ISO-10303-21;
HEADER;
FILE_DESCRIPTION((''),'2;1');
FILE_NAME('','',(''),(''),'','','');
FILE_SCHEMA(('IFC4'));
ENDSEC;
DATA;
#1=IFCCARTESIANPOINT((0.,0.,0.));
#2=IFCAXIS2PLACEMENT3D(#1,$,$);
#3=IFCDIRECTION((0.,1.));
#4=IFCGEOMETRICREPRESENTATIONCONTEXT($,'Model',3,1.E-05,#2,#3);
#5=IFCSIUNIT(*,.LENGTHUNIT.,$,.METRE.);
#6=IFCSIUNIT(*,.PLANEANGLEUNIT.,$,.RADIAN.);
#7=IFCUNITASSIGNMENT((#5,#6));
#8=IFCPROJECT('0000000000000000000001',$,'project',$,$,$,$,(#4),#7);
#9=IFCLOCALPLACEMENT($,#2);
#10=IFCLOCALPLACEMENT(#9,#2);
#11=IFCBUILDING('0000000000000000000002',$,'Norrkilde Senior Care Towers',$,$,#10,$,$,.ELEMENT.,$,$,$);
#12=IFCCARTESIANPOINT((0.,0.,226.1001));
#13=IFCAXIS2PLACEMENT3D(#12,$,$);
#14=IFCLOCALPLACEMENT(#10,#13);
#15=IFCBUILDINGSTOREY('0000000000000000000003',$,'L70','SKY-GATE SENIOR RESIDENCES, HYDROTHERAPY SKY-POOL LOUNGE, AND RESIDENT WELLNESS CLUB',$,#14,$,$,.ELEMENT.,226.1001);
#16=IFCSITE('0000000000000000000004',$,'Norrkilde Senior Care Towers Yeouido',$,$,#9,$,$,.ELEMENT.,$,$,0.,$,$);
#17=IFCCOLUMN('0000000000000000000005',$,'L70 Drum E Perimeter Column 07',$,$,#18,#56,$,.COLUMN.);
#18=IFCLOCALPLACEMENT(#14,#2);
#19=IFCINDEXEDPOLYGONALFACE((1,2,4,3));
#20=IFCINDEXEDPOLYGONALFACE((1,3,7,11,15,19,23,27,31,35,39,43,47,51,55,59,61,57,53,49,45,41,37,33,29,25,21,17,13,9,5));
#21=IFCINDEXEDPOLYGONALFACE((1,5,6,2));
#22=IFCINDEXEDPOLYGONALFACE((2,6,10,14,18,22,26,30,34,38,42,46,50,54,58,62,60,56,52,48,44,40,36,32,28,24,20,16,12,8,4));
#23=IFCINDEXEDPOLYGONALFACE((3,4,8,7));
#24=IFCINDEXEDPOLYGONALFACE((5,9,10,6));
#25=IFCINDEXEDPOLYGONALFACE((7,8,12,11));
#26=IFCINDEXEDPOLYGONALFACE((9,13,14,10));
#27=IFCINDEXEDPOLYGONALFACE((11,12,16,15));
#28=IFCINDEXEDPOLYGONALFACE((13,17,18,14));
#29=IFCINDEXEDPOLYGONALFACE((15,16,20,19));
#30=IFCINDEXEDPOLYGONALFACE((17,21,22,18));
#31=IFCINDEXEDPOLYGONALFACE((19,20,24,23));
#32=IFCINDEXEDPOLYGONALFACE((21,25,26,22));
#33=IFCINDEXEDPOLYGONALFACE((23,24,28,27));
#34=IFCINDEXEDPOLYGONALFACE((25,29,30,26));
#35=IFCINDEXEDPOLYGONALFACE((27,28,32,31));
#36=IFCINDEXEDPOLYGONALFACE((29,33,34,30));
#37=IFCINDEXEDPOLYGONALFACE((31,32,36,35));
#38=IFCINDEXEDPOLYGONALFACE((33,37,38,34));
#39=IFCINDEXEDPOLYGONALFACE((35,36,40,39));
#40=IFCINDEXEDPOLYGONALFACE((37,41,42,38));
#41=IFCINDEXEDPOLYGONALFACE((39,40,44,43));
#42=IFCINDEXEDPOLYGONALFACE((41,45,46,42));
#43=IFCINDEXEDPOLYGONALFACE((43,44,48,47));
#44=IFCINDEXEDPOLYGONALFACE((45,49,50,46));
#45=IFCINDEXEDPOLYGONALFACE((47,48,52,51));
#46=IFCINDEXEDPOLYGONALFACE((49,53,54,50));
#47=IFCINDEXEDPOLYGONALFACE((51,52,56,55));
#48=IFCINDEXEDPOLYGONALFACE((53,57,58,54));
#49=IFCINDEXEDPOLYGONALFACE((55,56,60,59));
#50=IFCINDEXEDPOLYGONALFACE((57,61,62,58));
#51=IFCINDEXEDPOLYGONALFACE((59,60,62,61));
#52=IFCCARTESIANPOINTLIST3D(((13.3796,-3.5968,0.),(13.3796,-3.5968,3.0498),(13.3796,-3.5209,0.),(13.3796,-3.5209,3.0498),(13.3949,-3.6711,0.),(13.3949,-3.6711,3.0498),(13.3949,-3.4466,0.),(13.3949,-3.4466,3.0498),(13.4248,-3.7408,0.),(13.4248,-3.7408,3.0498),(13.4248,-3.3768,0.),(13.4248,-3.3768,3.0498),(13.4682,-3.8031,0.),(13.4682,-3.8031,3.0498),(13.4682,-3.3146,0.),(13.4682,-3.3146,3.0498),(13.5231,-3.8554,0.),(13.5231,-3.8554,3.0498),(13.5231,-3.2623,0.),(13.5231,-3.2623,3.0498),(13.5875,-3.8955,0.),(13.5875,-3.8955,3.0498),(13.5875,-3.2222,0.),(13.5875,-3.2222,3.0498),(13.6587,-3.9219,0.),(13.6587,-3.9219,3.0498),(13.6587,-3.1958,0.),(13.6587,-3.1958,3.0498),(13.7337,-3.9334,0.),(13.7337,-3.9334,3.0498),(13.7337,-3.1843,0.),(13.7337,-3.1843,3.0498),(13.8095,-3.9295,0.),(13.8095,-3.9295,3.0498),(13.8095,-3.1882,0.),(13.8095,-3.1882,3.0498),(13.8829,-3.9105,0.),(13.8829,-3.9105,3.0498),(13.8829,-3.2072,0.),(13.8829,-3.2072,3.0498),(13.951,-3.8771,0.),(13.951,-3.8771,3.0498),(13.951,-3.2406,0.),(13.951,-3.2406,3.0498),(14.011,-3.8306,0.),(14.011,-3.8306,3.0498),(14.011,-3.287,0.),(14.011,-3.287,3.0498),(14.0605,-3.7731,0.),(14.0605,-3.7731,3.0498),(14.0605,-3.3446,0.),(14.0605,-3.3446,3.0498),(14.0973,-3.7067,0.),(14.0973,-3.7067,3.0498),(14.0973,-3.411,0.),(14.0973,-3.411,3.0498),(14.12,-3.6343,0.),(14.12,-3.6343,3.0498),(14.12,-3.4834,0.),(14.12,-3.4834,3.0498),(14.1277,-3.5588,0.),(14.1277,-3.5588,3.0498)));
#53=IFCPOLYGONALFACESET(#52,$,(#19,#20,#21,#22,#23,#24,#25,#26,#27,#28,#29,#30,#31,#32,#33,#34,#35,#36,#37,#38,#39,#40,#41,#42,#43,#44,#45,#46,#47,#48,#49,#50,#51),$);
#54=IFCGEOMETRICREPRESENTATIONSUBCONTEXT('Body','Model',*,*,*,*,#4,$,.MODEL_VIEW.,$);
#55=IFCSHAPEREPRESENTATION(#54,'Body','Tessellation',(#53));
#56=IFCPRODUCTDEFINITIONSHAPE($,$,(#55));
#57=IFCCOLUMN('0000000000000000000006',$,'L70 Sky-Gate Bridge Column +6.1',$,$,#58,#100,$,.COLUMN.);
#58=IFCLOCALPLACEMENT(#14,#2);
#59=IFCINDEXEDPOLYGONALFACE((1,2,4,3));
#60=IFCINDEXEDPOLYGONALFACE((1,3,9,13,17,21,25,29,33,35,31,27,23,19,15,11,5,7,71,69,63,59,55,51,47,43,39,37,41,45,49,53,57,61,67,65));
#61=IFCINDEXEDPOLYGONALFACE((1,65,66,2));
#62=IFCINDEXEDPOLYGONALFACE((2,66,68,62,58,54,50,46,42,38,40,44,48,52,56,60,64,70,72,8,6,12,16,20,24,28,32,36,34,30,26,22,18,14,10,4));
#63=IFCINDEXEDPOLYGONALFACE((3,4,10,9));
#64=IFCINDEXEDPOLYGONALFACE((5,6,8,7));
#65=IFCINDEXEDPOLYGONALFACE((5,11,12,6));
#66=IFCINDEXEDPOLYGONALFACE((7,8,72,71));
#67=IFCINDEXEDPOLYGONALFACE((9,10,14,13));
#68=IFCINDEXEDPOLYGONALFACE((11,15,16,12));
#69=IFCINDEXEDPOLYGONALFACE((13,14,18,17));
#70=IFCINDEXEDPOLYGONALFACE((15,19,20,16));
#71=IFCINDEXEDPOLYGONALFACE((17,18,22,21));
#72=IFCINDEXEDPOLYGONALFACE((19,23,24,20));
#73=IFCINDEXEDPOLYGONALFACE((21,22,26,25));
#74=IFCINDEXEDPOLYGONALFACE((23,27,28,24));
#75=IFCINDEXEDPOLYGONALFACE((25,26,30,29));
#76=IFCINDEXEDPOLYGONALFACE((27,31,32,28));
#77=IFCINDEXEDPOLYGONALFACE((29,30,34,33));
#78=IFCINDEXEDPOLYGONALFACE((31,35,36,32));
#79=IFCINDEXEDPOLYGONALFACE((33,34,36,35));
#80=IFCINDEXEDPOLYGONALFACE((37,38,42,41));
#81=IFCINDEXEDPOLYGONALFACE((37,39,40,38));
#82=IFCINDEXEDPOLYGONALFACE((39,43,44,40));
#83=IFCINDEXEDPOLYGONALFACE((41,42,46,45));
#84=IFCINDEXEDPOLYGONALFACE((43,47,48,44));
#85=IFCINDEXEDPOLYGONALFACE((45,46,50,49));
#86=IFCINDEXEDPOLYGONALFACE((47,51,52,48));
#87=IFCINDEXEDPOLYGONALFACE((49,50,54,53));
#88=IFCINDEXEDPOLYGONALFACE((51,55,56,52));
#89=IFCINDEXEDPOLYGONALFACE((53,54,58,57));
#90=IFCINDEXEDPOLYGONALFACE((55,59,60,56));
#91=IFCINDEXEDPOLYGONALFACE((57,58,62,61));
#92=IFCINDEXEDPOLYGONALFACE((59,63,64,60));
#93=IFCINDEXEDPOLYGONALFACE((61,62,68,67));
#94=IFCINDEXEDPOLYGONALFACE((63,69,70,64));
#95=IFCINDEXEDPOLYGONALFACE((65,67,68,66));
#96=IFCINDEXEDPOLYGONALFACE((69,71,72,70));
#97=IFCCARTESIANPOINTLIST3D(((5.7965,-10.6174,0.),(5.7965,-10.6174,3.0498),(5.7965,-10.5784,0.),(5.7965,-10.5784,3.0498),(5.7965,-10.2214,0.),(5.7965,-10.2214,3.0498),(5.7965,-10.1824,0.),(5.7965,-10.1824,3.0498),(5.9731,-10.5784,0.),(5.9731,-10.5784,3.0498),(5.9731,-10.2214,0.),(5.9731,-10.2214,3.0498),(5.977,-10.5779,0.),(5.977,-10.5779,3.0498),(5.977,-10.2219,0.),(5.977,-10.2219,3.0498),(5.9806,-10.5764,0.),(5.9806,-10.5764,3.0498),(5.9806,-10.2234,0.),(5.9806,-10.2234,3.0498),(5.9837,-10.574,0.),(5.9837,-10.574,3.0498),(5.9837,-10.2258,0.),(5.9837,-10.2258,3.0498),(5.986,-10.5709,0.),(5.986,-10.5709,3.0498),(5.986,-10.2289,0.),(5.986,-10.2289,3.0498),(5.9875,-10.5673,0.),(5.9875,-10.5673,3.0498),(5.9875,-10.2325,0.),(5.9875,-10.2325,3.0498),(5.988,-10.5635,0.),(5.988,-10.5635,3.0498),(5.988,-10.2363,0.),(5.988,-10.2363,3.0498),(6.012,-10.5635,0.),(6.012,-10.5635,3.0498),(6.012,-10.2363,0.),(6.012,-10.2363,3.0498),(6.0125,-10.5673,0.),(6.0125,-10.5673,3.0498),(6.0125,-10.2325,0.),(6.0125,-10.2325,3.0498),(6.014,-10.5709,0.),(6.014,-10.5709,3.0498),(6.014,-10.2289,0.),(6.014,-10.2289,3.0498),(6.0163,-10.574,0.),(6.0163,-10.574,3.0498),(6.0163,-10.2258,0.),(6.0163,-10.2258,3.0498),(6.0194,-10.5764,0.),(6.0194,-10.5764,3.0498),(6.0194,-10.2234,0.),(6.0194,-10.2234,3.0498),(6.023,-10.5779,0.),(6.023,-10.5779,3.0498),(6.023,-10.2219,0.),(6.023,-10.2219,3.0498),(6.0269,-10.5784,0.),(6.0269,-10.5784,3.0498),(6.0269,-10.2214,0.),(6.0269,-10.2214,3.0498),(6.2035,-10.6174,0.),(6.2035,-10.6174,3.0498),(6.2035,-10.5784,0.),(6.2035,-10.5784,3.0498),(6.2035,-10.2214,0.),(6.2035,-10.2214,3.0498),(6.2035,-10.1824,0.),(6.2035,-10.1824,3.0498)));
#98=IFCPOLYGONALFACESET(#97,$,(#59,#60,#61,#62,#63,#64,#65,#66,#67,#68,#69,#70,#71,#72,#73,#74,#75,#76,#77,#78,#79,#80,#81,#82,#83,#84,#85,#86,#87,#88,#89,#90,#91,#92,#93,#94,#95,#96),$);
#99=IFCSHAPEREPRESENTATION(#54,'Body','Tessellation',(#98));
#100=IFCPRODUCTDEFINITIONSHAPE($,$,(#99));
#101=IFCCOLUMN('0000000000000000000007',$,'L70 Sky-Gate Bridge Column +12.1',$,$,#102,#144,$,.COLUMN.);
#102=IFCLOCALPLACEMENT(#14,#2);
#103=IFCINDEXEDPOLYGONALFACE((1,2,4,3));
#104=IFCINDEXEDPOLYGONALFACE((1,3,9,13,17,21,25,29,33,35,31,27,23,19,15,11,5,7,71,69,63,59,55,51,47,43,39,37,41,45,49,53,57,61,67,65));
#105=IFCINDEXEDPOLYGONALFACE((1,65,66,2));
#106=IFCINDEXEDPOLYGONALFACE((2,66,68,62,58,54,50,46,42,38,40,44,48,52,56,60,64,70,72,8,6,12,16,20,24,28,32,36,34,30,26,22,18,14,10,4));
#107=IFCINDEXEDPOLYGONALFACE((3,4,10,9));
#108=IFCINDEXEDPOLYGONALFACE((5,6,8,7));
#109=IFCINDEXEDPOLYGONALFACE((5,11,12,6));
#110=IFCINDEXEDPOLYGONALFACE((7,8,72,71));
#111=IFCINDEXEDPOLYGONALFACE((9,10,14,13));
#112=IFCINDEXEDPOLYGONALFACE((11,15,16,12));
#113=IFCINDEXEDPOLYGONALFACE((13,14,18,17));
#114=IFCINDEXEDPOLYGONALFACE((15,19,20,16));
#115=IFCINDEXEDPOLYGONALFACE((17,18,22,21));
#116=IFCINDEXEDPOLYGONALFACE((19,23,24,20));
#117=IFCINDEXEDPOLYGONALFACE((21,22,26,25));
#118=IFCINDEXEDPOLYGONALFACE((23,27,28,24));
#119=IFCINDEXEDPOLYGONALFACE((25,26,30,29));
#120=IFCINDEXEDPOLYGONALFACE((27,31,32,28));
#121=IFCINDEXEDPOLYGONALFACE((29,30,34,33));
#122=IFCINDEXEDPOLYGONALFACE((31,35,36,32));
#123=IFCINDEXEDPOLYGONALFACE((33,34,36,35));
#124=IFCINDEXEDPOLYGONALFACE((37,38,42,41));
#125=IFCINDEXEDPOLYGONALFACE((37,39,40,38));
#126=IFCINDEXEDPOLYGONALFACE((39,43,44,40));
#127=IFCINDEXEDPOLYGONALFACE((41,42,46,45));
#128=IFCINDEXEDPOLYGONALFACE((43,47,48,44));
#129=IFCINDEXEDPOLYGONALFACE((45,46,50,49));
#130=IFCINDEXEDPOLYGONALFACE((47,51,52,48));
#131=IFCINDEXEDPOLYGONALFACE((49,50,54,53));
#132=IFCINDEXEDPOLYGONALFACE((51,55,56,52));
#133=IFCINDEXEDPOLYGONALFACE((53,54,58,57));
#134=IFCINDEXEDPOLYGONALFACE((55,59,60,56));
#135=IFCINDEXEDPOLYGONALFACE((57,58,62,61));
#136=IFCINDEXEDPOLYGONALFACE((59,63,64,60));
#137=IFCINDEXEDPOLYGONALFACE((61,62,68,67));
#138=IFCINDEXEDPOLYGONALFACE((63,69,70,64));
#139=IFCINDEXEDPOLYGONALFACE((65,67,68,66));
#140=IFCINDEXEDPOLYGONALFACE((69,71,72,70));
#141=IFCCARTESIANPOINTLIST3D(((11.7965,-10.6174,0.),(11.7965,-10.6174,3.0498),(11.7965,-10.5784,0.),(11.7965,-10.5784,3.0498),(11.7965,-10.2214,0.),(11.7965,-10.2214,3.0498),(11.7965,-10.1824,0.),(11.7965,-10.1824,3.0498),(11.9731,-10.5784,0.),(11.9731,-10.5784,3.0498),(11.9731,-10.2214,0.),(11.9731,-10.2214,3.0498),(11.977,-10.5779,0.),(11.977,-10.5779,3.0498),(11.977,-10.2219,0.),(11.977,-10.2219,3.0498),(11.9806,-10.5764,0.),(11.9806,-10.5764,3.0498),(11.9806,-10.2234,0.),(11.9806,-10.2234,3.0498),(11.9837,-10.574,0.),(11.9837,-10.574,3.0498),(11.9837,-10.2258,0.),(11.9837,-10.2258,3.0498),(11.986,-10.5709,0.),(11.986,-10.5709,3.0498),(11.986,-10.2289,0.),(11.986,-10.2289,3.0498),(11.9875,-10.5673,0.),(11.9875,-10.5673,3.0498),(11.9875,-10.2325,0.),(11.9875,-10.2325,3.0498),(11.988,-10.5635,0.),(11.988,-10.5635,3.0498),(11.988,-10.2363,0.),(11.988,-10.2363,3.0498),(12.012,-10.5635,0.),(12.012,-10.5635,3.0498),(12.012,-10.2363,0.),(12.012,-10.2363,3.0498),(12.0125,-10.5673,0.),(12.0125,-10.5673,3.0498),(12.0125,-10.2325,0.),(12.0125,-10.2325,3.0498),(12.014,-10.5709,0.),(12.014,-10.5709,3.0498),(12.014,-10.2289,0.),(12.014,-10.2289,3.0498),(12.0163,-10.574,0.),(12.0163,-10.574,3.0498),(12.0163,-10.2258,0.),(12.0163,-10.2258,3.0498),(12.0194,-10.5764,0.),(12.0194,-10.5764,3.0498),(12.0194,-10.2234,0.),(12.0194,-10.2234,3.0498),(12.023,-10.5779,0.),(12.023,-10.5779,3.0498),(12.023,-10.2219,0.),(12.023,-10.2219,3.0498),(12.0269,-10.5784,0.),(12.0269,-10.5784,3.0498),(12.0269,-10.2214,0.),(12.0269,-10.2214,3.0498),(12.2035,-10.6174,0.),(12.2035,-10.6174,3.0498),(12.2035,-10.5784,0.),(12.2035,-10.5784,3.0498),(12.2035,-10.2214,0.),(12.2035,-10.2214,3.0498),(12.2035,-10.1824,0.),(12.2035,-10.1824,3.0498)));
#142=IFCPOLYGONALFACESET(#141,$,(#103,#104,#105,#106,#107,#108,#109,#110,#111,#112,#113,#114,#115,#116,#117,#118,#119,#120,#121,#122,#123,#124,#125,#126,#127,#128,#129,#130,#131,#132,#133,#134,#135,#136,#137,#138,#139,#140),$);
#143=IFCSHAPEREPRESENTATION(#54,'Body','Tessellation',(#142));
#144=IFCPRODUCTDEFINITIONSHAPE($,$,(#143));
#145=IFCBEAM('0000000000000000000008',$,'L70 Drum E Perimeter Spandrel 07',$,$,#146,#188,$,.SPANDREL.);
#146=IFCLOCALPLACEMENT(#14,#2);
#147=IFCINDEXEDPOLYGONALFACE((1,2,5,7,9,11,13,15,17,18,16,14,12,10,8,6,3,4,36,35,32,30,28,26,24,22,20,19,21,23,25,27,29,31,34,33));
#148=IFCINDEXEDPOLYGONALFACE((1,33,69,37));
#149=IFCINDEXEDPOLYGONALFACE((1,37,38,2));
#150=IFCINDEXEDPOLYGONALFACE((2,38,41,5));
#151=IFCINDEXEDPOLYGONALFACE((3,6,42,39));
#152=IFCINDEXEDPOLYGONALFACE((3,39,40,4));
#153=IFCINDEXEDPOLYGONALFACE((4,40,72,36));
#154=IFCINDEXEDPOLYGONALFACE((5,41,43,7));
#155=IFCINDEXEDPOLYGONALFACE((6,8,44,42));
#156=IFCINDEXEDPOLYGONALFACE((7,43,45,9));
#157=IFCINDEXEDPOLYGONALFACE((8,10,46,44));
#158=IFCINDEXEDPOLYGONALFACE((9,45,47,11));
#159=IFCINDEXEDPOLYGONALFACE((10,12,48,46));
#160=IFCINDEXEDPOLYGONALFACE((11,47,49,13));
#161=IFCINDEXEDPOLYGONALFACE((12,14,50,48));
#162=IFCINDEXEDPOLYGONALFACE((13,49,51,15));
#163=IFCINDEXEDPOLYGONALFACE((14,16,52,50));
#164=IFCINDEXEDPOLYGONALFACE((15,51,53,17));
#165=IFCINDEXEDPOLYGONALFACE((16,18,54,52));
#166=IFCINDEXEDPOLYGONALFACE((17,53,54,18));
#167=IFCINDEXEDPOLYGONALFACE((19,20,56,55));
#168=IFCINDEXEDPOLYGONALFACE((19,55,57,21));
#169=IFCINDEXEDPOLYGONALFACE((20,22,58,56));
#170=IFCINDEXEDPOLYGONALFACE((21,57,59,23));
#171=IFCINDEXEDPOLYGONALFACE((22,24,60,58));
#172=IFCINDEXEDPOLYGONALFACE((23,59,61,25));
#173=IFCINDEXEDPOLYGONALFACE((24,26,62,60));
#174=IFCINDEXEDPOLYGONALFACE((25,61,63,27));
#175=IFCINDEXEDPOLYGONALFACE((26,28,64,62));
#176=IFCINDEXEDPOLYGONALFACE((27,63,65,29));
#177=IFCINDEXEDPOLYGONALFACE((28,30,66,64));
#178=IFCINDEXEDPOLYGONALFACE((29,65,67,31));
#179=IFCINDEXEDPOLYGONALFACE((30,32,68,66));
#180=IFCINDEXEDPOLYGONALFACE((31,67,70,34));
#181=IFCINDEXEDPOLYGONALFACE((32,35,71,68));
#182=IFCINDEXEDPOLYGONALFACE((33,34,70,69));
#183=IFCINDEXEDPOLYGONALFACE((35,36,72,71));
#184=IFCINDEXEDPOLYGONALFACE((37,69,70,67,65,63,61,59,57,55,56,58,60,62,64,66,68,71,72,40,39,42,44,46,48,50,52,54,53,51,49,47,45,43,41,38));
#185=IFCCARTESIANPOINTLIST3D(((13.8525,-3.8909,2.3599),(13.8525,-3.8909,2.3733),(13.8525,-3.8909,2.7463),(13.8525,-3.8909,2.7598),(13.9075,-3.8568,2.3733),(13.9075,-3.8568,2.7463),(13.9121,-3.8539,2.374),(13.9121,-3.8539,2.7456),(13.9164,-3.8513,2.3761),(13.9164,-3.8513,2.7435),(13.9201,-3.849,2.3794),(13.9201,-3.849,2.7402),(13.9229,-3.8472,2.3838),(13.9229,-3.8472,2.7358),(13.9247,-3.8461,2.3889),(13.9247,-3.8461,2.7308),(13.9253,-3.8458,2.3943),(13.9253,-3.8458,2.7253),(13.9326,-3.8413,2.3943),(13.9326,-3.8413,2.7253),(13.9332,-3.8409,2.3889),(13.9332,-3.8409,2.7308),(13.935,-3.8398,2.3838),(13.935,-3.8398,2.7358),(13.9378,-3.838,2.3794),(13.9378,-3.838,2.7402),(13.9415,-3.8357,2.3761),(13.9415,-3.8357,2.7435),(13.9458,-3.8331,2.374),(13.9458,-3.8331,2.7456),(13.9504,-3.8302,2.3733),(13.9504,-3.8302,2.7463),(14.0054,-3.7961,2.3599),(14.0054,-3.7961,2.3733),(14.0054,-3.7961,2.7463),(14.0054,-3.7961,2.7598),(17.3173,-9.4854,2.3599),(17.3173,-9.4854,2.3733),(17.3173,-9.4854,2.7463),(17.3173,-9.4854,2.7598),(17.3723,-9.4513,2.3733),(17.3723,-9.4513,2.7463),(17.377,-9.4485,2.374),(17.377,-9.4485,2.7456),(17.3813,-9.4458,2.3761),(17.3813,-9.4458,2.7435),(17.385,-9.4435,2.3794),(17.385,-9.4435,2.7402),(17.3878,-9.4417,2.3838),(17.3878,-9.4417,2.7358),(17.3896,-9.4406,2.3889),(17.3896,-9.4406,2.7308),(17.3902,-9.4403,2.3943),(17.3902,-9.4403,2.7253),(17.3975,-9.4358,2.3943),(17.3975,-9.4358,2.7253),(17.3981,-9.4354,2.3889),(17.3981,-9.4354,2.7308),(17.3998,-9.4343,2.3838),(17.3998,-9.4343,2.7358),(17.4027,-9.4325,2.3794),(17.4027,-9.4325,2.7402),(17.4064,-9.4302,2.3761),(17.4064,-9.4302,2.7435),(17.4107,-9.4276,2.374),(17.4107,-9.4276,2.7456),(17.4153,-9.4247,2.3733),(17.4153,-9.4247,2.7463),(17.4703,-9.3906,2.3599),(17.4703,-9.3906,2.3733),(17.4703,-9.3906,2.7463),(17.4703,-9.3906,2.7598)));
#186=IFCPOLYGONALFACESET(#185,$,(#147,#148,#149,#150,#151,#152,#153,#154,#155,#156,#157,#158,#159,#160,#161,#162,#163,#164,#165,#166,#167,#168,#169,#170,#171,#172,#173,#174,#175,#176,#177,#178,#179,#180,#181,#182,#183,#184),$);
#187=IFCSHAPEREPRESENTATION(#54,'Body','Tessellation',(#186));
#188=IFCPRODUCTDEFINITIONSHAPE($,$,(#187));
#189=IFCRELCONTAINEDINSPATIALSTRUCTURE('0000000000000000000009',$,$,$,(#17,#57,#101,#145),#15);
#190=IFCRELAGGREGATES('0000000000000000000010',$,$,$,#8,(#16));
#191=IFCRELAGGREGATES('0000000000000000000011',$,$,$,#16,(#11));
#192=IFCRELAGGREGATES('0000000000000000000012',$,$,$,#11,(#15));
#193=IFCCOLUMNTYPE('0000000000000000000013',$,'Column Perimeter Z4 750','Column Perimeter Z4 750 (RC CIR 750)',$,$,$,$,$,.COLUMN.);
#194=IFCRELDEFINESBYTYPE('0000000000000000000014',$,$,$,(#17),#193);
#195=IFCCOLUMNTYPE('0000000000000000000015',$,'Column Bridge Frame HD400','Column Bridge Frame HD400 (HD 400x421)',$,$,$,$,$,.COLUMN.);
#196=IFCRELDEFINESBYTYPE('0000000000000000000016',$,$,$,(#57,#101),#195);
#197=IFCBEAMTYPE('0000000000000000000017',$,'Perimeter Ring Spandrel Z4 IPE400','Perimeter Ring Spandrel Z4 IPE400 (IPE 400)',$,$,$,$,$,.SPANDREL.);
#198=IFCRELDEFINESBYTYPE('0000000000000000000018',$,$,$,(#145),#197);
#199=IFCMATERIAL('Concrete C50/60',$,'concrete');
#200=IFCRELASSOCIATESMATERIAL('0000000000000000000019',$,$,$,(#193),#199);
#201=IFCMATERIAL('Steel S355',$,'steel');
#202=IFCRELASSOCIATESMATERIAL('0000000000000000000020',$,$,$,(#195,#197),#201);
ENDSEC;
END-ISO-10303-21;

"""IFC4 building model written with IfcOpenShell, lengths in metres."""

from ifc_helpers import new_model, si_unit, direction, frame, origin, origin_2d, place, context, subcontext, project, spatial, circle, i_section, extrude, source, transform, mapped, material, material_profile, profile_set, type_object, type_shapes, element, save


model = new_model("IFC4")

# Units and contexts
model_context = context("Model", 3, precision=1e-05, world=origin(), true_north=direction((0.0, 1.0)))
body_context = subcontext(model_context, "Body", "Model", "MODEL_VIEW")
ifc_project = project(units=[si_unit("LENGTHUNIT", "METRE"), si_unit("PLANEANGLEUNIT", "RADIAN")], contexts=[model_context])

# Site, building, storey
site_placement = place(None, origin())
site = spatial("IfcSite", under=ifc_project, at=site_placement, Name="Norrkilde Senior Care Towers Yeouido", CompositionType="ELEMENT", RefElevation=0.0)
building_placement = place(site_placement, origin())
building = spatial("IfcBuilding", under=site, at=building_placement, Name="Norrkilde Senior Care Towers", CompositionType="ELEMENT")
storey_placement = place(building_placement, frame((0.0, 0.0, 226.1001)))
storey = spatial("IfcBuildingStorey", under=building, at=storey_placement, Name="L70", Description="SKY-GATE SENIOR RESIDENCES, HYDROTHERAPY SKY-POOL LOUNGE, AND RESIDENT WELLNESS CLUB", CompositionType="ELEMENT", Elevation=226.1001)

# Columns
ifc_material_1 = material(Name="Concrete C50/60", Category="concrete")
ifc_material_profile_1 = material_profile(ifc_material_1, circle(Radius=0.375, at=origin_2d()), Name="RC CIR 750")
ifc_profile_set_1 = profile_set([ifc_material_profile_1], Name="Concrete C50/60")
column_type_1 = type_object("IfcColumnType", Name="Column Perimeter Z4 750", Description="Column Perimeter Z4 750 (RC CIR 750)", PredefinedType="COLUMN", material=ifc_profile_set_1)
shared_shape_1 = source(origin(), body_context, "Body", "SweptSolid", [
    extrude(circle(Radius=0.375, at=origin_2d()), origin(), (0.0, 0.0, 1.0), 3.0498),
])
type_shapes(column_type_1, [shared_shape_1])
column_placement = place(storey_placement, frame((13.7527, -3.5588, 0.0), z_axis=(0.0, 0.0, 1.0), x_axis=(1.0, 0.0, 0.0)))
element("IfcColumn", 1, at=column_placement, inside=storey, type_object=column_type_1, Name="L70 Drum E Perimeter Column 07", PredefinedType="COLUMN", context=body_context, shape_type="MappedRepresentation", body=[
    mapped(shared_shape_1, transform((0.0, 0.0, 0.0), x_axis=(1.0, 0.0, 0.0), y_axis=(0.0, 1.0, 0.0), z_axis=(0.0, 0.0, 1.0), scale=1.0)),
])
ifc_material_2 = material(Name="Steel S355", Category="steel")
ifc_material_profile_2 = material_profile(ifc_material_2, i_section(OverallWidth=0.407, OverallDepth=0.4351, WebThickness=0.0239, FlangeThickness=0.0391, FilletRadius=0.0149, at=origin_2d()), Name="HD 400x421")
ifc_profile_set_2 = profile_set([ifc_material_profile_2], Name="Steel S355")
column_type_2 = type_object("IfcColumnType", Name="Column Bridge Frame HD400", Description="Column Bridge Frame HD400 (HD 400x421)", PredefinedType="COLUMN", material=ifc_profile_set_2)
shared_shape_2 = source(origin(), body_context, "Body", "SweptSolid", [
    extrude(i_section(OverallWidth=0.407, OverallDepth=0.4351, WebThickness=0.0239, FlangeThickness=0.0391, FilletRadius=0.0149, at=origin_2d()), origin(), (0.0, 0.0, 1.0), 3.0498),
])
type_shapes(column_type_2, [shared_shape_2])
for number, where, z_axis, x_axis, name in (
    (2, (6.0, -10.3999, 0.0), (0.0, 0.0, 1.0), (1.0, 0.0, 0.0), "L70 Sky-Gate Bridge Column +6.1"),
    (3, (12.0, -10.3999, 0.0), (0.0, 0.0, 1.0), (1.0, 0.0, 0.0), "L70 Sky-Gate Bridge Column +12.1"),
):
    element("IfcColumn", number, at=place(storey_placement, frame(where, z_axis=z_axis, x_axis=x_axis)), inside=storey, type_object=column_type_2, Name=name, PredefinedType="COLUMN", context=body_context, shape_type="MappedRepresentation", body=[
        mapped(shared_shape_2, transform((0.0, 0.0, 0.0), x_axis=(1.0, 0.0, 0.0), y_axis=(0.0, 1.0, 0.0), z_axis=(0.0, 0.0, 1.0), scale=1.0)),
    ])

# Beam
ifc_material_profile_3 = material_profile(ifc_material_2, i_section(OverallWidth=0.1799, OverallDepth=0.3999, WebThickness=0.0085, FlangeThickness=0.0134, FilletRadius=0.021, at=origin_2d()), Name="IPE 400")
ifc_profile_set_3 = profile_set([ifc_material_profile_3], Name="Steel S355")
beam_type_1 = type_object("IfcBeamType", Name="Perimeter Ring Spandrel Z4 IPE400", Description="Perimeter Ring Spandrel Z4 IPE400 (IPE 400)", PredefinedType="SPANDREL", material=ifc_profile_set_3)
shared_shape_3 = source(origin(), body_context, "Body", "SweptSolid", [
    extrude(i_section(OverallWidth=0.1799, OverallDepth=0.3999, WebThickness=0.0085, FlangeThickness=0.0134, FilletRadius=0.021, at=origin_2d()), origin(), (0.0, 0.0, 1.0), 6.5806),
])
type_shapes(beam_type_1, [shared_shape_3])
beam_1_placement = place(storey_placement, frame((13.929, -3.8435, 2.5598), z_axis=(0.52653, -0.850157, 0.0), x_axis=(0.850157, 0.52653, 0.0)))
element("IfcBeam", 4, at=beam_1_placement, inside=storey, type_object=beam_type_1, Name="L70 Drum E Perimeter Spandrel 07", PredefinedType="SPANDREL", context=body_context, shape_type="MappedRepresentation", body=[
    mapped(shared_shape_3, transform((0.0, 0.0, 0.0), x_axis=(1.0, 0.0, 0.0), y_axis=(0.0, 1.0, 0.0), z_axis=(0.0, 0.0, 1.0), scale=1.0)),
])

save(model, "model.ifc")
